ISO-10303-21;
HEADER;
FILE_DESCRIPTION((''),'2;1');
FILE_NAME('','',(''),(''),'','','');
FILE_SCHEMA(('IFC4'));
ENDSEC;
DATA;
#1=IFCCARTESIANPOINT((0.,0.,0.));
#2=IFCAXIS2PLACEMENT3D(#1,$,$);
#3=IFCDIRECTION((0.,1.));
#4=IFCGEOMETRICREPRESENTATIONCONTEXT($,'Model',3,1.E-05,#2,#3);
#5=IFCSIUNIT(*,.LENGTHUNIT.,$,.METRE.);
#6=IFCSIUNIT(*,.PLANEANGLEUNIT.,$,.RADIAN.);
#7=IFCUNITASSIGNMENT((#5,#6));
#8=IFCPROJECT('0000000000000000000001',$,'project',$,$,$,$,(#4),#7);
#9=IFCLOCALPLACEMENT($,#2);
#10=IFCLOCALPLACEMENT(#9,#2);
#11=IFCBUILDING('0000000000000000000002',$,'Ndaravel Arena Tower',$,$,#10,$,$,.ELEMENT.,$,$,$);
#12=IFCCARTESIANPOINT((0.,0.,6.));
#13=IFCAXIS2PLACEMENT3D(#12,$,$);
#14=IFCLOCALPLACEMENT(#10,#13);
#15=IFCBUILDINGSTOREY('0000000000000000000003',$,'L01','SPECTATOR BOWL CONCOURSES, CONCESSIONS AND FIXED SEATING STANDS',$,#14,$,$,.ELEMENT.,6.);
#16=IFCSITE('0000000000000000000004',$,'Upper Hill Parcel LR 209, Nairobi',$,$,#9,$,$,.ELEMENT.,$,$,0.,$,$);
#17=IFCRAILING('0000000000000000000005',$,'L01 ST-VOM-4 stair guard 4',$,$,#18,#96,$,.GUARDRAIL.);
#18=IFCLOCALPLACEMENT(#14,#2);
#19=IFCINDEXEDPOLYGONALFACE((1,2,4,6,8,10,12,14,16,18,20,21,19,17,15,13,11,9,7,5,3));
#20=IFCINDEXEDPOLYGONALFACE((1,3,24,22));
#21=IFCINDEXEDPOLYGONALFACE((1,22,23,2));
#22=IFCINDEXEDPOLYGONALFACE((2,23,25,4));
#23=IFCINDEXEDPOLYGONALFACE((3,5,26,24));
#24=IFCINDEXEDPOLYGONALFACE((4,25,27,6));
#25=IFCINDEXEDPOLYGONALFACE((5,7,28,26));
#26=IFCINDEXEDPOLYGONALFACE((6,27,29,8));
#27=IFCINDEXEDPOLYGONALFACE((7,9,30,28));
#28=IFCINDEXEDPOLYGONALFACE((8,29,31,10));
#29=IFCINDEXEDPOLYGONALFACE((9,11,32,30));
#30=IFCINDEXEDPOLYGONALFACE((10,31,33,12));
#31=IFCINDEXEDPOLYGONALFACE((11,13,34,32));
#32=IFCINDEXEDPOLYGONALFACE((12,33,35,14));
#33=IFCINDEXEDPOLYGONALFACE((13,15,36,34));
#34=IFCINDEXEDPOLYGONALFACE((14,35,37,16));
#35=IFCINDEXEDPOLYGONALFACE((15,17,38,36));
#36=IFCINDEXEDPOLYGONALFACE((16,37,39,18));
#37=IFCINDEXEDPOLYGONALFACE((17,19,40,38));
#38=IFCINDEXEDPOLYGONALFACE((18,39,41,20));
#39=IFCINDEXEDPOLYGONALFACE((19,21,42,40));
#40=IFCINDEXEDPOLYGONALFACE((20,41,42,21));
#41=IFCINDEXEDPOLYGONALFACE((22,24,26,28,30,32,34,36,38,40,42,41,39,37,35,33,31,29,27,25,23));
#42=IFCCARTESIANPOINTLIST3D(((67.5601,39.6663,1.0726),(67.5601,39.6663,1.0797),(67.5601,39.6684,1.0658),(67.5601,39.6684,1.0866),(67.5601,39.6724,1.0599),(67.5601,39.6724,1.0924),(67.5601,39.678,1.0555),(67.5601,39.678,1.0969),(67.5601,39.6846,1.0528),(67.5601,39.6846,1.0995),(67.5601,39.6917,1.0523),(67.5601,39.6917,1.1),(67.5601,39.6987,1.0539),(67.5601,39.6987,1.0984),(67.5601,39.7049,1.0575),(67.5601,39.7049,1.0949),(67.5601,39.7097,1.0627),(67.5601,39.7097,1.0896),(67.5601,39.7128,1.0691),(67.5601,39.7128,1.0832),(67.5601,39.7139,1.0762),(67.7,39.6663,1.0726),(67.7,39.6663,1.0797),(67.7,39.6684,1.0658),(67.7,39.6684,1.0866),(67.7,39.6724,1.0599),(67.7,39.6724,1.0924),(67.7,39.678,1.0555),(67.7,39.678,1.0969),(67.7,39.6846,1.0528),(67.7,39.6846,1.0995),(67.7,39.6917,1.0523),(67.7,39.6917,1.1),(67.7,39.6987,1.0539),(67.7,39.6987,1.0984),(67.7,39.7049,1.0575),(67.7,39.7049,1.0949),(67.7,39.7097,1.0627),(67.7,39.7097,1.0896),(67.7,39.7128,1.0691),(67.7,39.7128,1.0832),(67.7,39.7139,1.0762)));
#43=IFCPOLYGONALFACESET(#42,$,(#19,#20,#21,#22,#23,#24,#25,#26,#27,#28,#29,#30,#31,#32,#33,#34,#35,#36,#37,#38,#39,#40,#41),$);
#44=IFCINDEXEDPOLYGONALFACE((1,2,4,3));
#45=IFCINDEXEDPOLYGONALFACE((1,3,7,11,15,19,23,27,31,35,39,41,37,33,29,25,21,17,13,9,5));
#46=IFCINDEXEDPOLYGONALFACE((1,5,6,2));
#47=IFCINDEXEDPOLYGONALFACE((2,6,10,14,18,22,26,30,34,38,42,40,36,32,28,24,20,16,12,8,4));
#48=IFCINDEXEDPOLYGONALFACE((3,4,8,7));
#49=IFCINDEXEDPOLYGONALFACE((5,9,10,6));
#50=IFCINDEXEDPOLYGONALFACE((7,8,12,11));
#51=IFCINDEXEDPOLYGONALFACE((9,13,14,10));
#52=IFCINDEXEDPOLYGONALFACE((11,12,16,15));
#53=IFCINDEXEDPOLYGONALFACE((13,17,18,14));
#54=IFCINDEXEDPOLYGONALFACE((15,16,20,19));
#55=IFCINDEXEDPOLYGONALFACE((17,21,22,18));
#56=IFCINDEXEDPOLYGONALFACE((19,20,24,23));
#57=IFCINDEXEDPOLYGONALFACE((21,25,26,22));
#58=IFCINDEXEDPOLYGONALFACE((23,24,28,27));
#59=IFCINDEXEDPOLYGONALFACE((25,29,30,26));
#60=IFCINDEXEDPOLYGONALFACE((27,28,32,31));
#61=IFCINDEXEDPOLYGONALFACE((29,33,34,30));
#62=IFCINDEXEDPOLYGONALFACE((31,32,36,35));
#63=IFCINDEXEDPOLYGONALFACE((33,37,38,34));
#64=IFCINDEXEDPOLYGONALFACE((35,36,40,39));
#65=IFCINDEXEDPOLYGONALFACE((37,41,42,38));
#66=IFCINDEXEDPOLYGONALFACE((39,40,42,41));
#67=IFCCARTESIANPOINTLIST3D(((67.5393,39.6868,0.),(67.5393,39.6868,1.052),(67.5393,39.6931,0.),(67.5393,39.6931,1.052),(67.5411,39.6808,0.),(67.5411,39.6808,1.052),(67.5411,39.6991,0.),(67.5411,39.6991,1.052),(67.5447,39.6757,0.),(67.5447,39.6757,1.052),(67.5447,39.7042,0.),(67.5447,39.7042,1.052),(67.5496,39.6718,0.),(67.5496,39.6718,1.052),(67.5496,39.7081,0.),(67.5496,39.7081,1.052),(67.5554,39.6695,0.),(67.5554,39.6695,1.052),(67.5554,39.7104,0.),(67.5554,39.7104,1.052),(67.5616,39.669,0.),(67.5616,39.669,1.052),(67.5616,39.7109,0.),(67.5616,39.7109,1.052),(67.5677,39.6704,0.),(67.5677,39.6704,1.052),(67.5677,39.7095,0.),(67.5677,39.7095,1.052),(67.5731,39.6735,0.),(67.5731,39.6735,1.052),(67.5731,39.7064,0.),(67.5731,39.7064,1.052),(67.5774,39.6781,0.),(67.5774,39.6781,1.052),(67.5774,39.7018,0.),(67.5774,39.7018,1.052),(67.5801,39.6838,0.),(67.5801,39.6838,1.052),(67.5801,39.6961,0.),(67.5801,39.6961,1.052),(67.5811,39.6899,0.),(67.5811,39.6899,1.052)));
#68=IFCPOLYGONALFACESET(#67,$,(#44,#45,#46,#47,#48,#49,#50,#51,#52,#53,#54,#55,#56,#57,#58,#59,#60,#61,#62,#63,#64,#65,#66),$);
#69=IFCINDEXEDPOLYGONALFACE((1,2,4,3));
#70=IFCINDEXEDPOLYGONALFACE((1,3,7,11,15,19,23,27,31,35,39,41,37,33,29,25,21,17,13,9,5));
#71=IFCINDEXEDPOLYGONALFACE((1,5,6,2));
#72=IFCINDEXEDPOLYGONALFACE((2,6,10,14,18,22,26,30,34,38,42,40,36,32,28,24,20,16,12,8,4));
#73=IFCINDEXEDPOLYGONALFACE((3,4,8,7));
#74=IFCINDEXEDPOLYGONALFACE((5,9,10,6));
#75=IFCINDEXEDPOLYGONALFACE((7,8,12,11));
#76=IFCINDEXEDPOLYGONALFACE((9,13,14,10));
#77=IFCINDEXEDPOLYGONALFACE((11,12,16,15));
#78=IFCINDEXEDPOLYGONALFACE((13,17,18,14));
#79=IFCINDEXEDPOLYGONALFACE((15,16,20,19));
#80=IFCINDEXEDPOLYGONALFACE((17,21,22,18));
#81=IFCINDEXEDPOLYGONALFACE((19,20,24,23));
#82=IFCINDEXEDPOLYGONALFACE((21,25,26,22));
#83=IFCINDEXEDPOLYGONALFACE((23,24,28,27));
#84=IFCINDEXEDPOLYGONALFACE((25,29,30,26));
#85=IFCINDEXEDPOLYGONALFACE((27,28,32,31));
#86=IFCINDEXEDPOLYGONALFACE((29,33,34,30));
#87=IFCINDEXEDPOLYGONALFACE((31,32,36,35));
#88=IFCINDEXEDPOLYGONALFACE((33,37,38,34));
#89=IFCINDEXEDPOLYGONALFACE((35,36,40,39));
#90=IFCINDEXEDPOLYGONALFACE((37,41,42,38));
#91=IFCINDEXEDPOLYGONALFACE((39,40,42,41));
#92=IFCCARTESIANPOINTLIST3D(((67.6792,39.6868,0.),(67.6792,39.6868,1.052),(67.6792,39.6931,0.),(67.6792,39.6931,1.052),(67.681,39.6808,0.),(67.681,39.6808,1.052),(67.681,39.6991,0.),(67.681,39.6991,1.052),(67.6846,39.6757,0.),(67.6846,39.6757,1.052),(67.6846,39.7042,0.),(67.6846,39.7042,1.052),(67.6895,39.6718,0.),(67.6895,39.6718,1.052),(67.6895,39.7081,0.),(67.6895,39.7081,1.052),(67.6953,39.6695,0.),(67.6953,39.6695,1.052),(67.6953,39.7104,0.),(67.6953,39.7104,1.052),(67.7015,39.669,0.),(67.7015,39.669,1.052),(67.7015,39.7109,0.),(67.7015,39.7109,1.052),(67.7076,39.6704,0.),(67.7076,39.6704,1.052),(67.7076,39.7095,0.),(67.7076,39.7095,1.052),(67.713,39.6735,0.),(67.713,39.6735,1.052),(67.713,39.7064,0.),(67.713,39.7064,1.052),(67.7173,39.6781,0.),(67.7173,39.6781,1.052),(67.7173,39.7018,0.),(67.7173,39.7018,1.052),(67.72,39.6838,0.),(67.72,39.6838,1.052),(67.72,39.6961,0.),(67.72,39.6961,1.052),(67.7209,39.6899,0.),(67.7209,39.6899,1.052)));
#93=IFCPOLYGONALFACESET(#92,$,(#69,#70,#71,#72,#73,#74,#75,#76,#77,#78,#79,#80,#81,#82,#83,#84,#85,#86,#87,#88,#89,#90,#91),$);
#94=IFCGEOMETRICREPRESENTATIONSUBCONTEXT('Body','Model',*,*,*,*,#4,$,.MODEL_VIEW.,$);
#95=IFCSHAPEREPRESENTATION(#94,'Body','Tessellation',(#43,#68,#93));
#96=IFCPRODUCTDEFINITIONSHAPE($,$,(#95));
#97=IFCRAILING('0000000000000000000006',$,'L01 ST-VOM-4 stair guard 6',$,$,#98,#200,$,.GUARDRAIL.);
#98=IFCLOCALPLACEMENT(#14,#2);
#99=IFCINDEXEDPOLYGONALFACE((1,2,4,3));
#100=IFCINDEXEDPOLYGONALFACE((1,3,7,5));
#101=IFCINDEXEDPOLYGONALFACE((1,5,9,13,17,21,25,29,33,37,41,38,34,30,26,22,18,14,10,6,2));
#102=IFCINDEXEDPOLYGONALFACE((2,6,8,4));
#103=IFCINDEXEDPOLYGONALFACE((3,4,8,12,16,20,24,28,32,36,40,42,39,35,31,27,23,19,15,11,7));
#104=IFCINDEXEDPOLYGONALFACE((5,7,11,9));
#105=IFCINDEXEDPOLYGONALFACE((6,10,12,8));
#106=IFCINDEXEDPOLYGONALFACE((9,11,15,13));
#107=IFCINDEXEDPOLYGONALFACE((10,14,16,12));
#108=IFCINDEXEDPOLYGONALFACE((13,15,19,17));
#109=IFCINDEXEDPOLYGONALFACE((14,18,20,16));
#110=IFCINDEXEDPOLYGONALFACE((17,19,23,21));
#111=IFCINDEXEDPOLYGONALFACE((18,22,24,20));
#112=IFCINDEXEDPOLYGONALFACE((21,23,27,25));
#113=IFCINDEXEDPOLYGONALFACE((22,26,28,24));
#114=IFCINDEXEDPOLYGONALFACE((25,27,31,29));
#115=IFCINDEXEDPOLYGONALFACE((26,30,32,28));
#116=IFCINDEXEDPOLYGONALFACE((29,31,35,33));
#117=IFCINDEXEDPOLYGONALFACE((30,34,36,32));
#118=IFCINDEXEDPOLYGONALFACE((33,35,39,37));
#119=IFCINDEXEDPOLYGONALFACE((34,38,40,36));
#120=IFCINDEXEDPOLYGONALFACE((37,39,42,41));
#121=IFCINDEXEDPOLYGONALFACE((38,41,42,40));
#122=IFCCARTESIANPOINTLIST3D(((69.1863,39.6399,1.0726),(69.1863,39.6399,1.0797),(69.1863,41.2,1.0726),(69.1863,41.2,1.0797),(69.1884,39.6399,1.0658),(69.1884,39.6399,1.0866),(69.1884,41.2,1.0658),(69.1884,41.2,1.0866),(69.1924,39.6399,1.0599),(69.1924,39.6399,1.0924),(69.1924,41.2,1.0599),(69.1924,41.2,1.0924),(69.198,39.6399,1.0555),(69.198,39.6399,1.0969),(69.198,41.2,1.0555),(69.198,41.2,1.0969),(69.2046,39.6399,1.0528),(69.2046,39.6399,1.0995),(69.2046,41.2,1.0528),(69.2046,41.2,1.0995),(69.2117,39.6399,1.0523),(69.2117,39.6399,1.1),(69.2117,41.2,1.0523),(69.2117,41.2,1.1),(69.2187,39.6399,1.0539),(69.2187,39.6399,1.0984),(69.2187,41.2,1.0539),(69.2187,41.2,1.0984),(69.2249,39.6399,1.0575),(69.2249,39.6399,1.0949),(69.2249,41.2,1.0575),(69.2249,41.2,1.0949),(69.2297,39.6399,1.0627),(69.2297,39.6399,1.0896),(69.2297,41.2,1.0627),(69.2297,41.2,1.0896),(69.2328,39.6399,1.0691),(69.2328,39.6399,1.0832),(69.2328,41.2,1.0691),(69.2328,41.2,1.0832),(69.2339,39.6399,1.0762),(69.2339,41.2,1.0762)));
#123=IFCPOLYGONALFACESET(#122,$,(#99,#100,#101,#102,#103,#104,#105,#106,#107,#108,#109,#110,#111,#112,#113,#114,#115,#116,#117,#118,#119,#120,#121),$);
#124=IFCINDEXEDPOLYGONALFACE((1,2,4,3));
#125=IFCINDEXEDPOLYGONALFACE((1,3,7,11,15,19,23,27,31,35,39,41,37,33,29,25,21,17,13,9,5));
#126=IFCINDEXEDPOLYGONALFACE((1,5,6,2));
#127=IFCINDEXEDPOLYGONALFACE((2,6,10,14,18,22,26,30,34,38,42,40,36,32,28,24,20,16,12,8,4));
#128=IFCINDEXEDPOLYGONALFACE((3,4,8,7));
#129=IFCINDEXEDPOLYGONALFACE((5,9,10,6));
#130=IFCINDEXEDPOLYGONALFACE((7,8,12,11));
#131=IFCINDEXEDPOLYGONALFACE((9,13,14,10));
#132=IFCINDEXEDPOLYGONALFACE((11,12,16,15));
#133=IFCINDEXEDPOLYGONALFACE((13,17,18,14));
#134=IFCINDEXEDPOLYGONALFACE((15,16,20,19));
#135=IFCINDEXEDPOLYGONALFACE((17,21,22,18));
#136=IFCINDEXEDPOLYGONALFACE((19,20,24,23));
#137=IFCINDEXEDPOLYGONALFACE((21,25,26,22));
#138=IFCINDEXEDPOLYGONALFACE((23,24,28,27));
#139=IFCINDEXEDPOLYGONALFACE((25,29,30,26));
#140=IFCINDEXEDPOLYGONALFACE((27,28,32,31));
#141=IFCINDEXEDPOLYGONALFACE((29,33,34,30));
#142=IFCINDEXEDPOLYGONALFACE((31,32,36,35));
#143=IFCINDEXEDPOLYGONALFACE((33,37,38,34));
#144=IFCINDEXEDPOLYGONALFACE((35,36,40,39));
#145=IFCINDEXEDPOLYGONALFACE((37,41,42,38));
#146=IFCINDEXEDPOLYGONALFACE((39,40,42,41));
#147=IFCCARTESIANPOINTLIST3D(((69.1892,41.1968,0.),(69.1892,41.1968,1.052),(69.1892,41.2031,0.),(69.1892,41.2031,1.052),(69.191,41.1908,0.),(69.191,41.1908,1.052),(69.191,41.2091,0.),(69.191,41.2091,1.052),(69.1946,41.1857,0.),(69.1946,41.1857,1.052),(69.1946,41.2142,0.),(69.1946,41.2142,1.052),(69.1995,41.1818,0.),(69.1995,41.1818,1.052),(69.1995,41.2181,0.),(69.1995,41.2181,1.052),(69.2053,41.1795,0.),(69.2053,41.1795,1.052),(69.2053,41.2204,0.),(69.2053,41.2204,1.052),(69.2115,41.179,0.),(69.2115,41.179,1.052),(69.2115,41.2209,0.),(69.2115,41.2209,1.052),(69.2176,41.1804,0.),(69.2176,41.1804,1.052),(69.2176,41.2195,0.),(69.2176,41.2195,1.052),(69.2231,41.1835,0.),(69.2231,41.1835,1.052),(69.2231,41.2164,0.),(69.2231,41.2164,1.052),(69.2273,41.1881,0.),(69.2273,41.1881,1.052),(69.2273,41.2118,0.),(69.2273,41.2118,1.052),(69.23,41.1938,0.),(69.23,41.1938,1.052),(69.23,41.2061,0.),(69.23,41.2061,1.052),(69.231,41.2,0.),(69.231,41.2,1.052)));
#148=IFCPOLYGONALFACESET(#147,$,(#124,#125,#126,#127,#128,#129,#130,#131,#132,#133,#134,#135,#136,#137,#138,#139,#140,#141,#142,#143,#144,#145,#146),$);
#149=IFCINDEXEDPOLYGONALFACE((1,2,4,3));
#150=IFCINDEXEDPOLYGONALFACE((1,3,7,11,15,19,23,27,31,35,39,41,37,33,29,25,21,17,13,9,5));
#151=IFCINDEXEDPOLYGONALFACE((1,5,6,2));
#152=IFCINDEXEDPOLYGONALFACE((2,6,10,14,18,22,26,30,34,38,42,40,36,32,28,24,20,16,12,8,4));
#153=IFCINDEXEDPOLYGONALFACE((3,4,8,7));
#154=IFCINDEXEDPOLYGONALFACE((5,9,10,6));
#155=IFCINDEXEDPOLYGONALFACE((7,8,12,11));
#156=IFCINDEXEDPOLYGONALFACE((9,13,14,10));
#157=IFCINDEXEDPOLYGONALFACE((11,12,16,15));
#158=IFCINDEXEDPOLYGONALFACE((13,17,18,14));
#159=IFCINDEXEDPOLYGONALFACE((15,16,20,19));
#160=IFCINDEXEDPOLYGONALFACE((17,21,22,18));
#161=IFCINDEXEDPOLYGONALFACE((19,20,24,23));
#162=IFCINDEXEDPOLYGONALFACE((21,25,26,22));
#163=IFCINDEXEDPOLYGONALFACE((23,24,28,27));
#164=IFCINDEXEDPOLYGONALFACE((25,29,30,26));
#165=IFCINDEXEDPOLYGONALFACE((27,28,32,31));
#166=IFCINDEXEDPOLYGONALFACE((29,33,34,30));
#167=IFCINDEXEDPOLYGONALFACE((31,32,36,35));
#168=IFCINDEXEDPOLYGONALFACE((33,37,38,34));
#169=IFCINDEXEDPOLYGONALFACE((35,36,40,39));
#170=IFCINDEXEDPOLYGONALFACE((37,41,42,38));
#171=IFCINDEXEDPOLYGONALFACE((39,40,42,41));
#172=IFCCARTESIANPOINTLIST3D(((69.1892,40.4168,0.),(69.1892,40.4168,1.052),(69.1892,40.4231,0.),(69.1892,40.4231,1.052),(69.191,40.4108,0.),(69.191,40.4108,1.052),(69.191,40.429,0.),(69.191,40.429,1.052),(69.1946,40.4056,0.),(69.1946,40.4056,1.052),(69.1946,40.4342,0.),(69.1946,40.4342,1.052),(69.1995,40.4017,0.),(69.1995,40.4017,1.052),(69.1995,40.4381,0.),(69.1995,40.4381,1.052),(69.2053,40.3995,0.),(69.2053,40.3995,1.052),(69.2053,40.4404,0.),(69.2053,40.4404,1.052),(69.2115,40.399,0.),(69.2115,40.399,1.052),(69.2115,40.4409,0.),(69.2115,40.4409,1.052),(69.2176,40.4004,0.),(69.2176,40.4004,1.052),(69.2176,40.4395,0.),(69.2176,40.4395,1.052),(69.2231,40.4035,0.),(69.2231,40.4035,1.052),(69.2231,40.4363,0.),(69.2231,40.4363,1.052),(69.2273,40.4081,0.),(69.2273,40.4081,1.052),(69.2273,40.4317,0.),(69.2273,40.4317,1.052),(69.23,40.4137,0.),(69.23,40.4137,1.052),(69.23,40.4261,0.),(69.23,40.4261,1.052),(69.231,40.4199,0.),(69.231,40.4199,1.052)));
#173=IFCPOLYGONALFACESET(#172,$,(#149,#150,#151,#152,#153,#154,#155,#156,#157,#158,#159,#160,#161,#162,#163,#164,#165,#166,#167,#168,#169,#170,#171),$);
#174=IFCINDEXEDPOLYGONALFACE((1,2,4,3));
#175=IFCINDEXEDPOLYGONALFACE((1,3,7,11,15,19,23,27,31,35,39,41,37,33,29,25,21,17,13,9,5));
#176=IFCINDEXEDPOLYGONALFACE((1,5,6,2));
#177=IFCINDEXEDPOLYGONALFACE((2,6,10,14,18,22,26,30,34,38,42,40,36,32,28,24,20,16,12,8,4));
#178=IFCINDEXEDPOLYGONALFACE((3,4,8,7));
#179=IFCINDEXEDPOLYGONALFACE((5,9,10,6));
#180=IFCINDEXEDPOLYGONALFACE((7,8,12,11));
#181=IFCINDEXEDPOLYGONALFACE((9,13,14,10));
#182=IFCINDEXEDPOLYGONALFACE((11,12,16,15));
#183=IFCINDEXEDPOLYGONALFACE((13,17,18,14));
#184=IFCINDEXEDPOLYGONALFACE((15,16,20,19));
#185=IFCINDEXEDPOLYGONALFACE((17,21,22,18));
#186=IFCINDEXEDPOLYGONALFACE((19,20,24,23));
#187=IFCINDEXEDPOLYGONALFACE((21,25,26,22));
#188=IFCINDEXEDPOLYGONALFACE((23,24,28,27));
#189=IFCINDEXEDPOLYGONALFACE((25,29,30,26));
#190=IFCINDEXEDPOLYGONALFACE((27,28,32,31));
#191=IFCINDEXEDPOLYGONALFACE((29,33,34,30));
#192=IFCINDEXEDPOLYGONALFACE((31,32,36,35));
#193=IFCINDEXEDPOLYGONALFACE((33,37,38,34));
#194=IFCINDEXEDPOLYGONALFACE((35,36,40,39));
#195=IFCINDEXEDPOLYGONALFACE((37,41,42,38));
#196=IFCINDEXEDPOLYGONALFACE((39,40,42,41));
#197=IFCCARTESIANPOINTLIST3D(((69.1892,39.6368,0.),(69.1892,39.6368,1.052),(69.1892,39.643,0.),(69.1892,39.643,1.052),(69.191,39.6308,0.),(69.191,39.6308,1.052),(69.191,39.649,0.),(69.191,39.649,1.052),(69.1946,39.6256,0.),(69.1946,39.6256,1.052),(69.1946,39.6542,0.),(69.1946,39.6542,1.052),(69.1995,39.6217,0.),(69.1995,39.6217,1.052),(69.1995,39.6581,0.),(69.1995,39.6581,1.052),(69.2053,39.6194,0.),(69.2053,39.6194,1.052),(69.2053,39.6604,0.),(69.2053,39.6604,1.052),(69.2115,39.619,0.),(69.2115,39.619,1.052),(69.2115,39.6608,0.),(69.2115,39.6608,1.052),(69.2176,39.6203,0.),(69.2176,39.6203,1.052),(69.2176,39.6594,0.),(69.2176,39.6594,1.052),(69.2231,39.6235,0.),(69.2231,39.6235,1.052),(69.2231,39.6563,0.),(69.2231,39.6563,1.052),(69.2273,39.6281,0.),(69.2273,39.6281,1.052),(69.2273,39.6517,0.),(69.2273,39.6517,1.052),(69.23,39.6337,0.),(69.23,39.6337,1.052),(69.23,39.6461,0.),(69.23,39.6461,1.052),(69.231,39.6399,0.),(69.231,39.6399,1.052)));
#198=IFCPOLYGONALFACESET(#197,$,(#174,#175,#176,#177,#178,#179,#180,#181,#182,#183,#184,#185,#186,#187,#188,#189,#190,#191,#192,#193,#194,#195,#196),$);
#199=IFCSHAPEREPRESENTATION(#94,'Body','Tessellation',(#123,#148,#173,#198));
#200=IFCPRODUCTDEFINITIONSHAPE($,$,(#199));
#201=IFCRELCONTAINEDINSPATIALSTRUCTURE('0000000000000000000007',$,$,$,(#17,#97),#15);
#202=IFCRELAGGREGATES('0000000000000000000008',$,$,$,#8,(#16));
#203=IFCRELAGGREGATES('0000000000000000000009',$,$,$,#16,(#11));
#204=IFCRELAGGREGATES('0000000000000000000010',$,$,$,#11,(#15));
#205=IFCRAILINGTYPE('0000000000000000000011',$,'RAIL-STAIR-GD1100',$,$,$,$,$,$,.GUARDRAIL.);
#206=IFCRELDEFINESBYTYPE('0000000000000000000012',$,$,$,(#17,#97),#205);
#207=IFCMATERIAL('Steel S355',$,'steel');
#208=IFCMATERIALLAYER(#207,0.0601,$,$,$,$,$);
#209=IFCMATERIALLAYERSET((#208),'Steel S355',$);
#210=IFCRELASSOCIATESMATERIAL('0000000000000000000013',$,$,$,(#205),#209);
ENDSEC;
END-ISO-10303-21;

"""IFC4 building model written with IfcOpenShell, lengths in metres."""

from ifc_helpers import new_model, si_unit, direction, frame, origin, origin_2d, place, context, subcontext, project, spatial, circle, extrude, material, layer, layer_set, type_object, element, save


model = new_model("IFC4")

# Units and contexts
model_context = context("Model", 3, precision=1e-05, world=origin(), true_north=direction((0.0, 1.0)))
body_context = subcontext(model_context, "Body", "Model", "MODEL_VIEW")
ifc_project = project(units=[si_unit("LENGTHUNIT", "METRE"), si_unit("PLANEANGLEUNIT", "RADIAN")], contexts=[model_context])

# Site, building, storey
site_placement = place(None, origin())
site = spatial("IfcSite", under=ifc_project, at=site_placement, Name="Upper Hill Parcel LR 209, Nairobi", CompositionType="ELEMENT", RefElevation=0.0)
building_placement = place(site_placement, origin())
building = spatial("IfcBuilding", under=site, at=building_placement, Name="Ndaravel Arena Tower", CompositionType="ELEMENT")
storey_placement = place(building_placement, frame((0.0, 0.0, 6.0)))
storey = spatial("IfcBuildingStorey", under=building, at=storey_placement, Name="L01", Description="SPECTATOR BOWL CONCOURSES, CONCESSIONS AND FIXED SEATING STANDS", CompositionType="ELEMENT", Elevation=6.0)

# Railings
ifc_material_1 = material(Name="Steel S355", Category="steel")
ifc_layer_1 = layer(ifc_material_1, 0.0601)
ifc_layer_set_1 = layer_set([ifc_layer_1], Name="Steel S355")
railing_type_1 = type_object("IfcRailingType", Name="RAIL-STAIR-GD1100", PredefinedType="GUARDRAIL", material=ifc_layer_set_1)
railing_1_placement = place(storey_placement, frame((67.5601, 39.6899, 0.0)))
element("IfcRailing", 1, at=railing_1_placement, inside=storey, type_object=railing_type_1, Name="L01 ST-VOM-4 stair guard 4", PredefinedType="GUARDRAIL", context=body_context, shape_type="SweptSolid", body=[
    extrude(circle(Radius=0.0239, at=origin_2d()), frame((0.0, 0.0, 1.0762), z_axis=(1.0, 0.0, 0.0), x_axis=(0.0, 1.0, 0.0)), (0.0, 0.0, 1.0), 0.1399),
    extrude(circle(Radius=0.021, at=origin_2d()), origin(), (0.0, 0.0, 1.0), 1.052),
    extrude(circle(Radius=0.021, at=origin_2d()), frame((0.1399, 0.0, 0.0)), (0.0, 0.0, 1.0), 1.052),
])
railing_2_placement = place(storey_placement, frame((69.21, 41.2, 0.0)))
element("IfcRailing", 2, at=railing_2_placement, inside=storey, type_object=railing_type_1, Name="L01 ST-VOM-4 stair guard 6", PredefinedType="GUARDRAIL", context=body_context, shape_type="SweptSolid", body=[
    extrude(circle(Radius=0.0239, at=origin_2d()), frame((0.0, 0.0, 1.0762), z_axis=(0.0, -1.0, 0.0), x_axis=(1.0, 0.0, 0.0)), (0.0, 0.0, 1.0), 1.5601),
    extrude(circle(Radius=0.021, at=origin_2d()), origin(), (0.0, 0.0, 1.0), 1.052),
    extrude(circle(Radius=0.021, at=origin_2d()), frame((0.0, -0.78, 0.0)), (0.0, 0.0, 1.0), 1.052),
    extrude(circle(Radius=0.021, at=origin_2d()), frame((0.0, -1.5601, 0.0)), (0.0, 0.0, 1.0), 1.052),
])

save(model, "model.ifc")
